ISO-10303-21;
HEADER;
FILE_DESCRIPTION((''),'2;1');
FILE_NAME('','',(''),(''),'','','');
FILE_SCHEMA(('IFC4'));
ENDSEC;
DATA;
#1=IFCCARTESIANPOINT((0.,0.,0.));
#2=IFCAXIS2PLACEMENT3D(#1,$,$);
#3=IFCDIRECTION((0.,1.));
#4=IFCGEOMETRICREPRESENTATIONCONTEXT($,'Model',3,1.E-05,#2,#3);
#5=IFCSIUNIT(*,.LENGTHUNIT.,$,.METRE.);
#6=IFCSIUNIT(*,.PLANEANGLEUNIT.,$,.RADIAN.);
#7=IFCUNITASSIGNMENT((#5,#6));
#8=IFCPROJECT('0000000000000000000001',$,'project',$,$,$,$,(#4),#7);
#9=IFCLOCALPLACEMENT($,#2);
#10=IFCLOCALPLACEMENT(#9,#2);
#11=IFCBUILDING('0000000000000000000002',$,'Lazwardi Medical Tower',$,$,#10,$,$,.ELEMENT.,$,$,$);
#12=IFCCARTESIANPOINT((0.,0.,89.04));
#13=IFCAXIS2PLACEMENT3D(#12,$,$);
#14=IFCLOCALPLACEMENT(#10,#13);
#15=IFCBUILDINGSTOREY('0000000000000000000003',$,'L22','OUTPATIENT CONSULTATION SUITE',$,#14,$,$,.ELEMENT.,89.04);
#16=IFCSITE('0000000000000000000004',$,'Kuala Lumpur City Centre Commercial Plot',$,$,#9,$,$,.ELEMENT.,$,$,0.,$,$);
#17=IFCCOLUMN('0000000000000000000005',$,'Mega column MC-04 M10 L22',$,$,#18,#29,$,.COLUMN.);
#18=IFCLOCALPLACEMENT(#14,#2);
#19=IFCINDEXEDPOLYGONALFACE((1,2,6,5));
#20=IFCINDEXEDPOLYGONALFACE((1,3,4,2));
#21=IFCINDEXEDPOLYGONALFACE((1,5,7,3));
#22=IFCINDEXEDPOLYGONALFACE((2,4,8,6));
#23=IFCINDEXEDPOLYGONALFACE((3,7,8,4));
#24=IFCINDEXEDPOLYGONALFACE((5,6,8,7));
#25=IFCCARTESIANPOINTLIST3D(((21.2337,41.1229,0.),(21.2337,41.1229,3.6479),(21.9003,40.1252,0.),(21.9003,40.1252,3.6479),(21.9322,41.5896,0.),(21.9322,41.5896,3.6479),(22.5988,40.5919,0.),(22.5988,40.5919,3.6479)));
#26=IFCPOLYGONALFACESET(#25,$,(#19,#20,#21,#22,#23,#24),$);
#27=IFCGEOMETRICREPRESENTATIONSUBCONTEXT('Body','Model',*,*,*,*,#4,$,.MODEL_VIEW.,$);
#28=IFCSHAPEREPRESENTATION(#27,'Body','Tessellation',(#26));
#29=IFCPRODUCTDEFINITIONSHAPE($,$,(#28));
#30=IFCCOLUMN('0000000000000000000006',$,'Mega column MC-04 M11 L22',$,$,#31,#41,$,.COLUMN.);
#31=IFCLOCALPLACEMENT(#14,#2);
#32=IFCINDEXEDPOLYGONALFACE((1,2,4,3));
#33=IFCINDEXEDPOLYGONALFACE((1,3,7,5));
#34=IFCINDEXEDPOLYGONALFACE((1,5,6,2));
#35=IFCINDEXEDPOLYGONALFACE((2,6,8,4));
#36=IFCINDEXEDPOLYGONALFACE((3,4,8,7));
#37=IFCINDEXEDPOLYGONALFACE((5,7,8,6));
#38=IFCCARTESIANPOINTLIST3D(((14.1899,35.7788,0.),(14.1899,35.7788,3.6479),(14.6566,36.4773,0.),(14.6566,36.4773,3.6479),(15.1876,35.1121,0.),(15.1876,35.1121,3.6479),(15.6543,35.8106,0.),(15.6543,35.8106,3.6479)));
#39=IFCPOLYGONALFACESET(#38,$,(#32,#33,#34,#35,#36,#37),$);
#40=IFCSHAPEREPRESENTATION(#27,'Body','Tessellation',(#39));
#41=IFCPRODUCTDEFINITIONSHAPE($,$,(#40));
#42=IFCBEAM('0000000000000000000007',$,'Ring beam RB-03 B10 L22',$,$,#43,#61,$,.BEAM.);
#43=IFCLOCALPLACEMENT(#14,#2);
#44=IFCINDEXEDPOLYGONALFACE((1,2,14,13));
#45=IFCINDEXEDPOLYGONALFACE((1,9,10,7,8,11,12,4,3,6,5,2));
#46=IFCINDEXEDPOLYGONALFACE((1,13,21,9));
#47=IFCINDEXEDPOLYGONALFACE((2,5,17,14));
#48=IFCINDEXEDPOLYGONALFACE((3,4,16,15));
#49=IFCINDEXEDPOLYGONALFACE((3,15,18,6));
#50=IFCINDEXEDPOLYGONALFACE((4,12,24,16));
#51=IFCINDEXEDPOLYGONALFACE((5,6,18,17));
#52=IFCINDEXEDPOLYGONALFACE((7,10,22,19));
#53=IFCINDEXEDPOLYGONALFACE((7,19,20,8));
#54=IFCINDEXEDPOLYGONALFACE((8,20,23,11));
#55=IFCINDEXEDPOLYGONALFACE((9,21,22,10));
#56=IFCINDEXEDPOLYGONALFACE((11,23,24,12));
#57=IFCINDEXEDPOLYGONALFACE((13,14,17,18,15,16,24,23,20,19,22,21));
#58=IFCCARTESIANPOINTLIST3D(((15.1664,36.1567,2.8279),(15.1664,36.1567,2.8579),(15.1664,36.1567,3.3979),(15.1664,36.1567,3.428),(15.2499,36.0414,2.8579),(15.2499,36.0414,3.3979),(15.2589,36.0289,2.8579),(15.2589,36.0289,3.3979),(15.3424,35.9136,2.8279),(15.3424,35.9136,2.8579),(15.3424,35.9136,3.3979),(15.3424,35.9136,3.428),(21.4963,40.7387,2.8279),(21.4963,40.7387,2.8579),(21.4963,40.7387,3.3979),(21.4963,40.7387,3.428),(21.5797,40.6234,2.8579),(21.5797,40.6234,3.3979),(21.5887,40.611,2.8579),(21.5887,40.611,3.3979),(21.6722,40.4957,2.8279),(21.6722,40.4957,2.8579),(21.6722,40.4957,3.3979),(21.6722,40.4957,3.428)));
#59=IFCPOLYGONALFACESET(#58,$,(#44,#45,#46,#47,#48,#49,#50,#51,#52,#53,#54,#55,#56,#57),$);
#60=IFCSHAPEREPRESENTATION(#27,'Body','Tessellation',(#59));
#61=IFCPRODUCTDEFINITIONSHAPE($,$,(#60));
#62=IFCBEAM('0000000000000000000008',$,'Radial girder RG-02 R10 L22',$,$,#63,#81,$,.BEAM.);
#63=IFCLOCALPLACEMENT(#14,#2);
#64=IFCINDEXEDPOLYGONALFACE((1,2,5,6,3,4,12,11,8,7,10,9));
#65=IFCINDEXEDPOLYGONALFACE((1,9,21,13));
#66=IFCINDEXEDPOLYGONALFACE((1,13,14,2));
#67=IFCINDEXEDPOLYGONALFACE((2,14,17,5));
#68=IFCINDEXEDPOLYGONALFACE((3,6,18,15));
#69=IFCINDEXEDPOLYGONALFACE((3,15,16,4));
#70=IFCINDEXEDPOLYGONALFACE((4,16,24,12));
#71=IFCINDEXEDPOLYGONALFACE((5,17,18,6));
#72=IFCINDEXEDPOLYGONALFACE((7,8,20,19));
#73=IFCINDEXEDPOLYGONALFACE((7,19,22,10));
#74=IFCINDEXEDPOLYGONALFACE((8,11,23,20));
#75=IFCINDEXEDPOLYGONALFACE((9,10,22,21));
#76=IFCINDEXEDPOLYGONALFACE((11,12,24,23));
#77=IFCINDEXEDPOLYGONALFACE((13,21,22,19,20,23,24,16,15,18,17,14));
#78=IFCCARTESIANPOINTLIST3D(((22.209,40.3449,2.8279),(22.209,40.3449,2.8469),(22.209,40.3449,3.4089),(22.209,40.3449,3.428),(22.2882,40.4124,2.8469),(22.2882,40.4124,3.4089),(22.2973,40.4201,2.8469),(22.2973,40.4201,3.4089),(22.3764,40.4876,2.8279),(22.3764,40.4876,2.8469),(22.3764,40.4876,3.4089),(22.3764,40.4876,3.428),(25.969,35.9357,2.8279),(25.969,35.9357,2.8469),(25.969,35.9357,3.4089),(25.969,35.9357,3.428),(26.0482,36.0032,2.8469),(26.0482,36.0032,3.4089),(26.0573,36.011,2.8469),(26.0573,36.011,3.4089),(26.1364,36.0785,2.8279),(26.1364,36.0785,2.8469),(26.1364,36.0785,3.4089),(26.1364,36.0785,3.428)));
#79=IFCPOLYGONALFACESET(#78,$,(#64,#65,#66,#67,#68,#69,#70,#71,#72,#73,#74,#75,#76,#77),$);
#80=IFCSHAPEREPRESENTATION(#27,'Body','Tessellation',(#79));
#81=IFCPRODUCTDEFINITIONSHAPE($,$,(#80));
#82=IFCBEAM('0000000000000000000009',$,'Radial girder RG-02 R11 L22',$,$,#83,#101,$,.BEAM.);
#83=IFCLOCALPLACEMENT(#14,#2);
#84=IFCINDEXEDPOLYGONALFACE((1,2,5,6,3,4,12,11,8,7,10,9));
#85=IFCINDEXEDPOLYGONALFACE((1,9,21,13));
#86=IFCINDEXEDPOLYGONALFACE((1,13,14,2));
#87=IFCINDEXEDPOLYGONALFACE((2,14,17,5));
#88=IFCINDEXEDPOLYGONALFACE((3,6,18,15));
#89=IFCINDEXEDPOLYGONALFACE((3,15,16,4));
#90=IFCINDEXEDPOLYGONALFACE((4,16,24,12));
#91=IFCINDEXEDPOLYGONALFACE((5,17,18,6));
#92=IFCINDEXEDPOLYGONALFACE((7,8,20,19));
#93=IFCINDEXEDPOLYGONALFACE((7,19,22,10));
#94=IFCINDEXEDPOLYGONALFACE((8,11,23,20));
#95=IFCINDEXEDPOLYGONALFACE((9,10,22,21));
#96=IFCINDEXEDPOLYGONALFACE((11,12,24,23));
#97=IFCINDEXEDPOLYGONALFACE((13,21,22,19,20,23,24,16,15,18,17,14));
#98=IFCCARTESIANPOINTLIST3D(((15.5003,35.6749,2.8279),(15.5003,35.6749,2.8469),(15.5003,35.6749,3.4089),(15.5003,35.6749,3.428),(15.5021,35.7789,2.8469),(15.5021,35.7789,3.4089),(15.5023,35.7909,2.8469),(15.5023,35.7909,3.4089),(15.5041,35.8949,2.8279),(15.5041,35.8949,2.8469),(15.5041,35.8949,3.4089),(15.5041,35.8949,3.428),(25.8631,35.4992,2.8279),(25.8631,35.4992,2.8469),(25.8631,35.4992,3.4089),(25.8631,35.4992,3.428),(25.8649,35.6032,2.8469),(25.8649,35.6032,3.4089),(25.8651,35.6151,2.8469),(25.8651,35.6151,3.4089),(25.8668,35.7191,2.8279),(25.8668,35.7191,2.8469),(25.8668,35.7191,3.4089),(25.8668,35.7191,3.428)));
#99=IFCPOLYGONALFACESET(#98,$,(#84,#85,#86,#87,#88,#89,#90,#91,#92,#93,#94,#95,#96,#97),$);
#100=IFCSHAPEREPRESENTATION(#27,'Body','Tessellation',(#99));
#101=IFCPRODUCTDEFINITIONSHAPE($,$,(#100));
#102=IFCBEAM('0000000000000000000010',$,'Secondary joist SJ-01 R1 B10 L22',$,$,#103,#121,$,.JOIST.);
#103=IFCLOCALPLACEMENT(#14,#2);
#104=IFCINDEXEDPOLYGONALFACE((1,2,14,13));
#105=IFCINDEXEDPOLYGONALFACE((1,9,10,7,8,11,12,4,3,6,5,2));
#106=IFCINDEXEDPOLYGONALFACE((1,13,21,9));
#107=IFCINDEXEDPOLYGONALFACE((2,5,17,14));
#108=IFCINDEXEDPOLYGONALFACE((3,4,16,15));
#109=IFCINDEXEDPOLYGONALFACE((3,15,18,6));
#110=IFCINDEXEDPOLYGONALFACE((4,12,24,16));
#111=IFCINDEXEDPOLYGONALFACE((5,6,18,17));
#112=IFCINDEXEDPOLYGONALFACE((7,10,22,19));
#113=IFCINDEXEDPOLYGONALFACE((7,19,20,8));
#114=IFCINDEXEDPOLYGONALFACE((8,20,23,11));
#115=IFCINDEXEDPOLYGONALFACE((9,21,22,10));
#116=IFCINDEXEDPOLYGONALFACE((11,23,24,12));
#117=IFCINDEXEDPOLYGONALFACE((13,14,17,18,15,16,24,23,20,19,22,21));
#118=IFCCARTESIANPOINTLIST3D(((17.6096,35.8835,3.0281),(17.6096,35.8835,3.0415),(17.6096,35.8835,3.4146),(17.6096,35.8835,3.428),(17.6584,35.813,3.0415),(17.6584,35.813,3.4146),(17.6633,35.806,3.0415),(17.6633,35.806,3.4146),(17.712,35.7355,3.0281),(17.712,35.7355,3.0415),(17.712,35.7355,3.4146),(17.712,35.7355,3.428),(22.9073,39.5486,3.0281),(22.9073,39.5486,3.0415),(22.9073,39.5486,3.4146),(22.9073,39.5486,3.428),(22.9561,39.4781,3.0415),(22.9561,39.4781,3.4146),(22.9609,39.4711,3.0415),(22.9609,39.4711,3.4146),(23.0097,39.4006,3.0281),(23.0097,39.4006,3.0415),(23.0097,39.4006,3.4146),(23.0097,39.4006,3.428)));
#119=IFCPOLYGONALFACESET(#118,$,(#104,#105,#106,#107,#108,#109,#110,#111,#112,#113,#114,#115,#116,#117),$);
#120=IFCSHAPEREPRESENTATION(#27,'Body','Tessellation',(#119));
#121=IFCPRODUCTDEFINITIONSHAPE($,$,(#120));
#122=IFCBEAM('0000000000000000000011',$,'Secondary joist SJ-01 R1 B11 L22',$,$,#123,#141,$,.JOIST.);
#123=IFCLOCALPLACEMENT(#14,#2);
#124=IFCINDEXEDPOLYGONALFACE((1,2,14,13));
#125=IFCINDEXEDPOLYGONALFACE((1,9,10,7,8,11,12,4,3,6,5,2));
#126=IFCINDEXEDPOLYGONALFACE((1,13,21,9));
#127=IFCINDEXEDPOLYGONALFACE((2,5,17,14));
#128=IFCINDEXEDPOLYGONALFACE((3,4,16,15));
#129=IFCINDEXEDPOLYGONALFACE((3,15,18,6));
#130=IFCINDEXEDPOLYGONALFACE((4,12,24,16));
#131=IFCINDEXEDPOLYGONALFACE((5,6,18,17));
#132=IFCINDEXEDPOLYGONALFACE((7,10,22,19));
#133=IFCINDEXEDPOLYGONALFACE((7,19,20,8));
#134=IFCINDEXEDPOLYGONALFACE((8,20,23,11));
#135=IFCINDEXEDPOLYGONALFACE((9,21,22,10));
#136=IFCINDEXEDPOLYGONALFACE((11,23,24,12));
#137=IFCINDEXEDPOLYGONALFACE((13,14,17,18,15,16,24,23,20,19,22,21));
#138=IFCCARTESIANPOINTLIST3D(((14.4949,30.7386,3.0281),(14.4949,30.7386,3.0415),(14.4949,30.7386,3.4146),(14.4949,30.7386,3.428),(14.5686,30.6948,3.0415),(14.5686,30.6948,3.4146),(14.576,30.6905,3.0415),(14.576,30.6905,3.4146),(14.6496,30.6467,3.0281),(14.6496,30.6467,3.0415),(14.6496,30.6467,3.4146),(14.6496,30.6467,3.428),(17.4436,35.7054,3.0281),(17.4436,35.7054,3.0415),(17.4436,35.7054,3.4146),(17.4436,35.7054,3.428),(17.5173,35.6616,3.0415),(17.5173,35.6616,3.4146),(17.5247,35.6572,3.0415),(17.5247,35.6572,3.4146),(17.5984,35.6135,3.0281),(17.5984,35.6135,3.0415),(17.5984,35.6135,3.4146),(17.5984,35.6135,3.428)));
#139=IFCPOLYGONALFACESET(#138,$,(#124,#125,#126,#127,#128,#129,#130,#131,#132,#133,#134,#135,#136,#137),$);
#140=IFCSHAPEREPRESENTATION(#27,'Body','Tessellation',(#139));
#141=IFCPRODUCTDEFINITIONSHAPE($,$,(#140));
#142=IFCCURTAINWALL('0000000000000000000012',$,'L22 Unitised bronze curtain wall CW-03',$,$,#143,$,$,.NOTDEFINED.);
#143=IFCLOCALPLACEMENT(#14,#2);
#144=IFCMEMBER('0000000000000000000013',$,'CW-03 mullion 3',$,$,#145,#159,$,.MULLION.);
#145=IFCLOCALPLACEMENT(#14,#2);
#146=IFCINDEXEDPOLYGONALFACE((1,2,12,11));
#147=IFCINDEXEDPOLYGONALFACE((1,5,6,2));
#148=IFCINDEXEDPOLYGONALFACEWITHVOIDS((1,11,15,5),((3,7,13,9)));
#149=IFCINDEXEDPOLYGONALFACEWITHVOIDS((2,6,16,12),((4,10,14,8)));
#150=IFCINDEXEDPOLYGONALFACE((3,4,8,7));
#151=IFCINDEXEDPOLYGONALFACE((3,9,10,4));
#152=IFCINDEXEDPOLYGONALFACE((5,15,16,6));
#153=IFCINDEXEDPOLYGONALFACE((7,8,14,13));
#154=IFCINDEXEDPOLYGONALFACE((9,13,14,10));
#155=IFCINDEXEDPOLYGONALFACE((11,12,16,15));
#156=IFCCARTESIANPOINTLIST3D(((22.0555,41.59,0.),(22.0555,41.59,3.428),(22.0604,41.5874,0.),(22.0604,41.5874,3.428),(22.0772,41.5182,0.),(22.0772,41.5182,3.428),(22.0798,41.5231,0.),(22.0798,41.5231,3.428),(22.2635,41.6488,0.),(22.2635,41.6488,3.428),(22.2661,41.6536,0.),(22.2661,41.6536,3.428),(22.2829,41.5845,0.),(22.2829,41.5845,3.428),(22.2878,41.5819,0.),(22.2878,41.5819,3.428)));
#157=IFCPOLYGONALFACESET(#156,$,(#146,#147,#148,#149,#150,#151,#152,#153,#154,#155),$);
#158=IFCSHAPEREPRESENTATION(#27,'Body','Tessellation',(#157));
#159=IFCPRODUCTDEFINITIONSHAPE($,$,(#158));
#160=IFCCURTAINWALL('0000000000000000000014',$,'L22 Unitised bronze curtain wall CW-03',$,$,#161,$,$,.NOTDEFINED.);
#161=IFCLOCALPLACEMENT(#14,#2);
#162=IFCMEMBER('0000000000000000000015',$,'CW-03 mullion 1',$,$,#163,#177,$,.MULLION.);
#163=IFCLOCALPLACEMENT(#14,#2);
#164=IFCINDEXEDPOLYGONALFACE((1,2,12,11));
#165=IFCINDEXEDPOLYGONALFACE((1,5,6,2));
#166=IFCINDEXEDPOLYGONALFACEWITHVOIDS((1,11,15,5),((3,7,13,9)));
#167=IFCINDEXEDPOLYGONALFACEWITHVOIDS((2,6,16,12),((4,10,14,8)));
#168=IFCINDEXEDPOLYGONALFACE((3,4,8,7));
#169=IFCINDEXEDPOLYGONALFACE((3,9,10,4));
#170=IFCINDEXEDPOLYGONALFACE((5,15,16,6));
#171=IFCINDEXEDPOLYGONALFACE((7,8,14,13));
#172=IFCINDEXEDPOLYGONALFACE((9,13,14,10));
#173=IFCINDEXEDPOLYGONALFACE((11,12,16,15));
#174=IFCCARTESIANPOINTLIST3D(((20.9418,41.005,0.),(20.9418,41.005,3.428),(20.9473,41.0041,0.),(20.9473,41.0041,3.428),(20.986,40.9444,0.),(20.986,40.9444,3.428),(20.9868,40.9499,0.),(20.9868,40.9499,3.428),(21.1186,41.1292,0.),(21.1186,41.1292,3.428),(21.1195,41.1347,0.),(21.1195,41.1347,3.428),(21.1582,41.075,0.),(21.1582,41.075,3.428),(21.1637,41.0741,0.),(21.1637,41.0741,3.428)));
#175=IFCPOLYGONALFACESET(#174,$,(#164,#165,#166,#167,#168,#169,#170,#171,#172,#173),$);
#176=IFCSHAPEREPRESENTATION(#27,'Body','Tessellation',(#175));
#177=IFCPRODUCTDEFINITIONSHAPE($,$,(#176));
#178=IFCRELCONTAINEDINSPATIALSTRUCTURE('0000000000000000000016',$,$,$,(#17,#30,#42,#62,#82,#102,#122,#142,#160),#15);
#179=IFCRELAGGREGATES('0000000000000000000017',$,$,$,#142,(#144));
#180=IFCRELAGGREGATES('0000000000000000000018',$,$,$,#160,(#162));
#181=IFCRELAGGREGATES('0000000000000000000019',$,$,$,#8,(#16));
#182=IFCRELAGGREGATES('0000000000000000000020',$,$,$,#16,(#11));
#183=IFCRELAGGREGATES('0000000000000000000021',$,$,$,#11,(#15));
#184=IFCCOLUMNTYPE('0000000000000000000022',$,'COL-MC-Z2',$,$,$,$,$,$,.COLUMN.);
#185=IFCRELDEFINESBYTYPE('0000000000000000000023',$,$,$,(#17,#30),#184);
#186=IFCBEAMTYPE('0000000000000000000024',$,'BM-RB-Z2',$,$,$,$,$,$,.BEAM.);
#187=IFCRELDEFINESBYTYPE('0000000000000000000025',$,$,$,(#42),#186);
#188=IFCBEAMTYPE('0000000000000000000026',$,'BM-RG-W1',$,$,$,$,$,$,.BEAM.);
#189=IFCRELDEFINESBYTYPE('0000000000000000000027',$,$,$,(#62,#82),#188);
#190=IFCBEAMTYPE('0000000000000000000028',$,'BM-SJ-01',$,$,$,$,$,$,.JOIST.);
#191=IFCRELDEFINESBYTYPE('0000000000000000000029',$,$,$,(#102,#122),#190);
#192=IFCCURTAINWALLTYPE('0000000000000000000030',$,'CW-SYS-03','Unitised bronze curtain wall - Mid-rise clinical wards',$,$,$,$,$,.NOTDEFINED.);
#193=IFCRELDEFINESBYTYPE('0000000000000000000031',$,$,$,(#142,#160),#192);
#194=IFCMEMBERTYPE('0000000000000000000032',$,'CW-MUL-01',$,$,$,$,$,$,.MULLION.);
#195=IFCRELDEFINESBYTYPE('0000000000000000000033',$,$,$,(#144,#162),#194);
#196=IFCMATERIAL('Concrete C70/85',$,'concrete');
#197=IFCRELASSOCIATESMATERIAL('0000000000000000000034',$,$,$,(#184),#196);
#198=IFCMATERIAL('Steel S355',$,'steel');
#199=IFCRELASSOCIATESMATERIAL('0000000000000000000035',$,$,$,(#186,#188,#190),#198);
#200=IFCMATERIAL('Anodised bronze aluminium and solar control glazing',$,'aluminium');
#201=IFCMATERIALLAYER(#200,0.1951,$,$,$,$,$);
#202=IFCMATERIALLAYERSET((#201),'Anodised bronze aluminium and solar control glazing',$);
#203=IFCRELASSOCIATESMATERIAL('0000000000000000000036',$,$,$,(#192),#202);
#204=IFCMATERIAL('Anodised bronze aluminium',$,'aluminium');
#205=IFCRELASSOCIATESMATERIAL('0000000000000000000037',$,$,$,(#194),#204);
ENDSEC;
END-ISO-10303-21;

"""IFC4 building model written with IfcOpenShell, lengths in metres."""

from ifc_helpers import new_model, si_unit, direction, frame, origin, origin_2d, place, context, subcontext, project, spatial, rectangle, hollow_rectangle, i_section, extrude, material, layer, layer_set, material_profile, profile_set, type_object, element, aggregate, save


model = new_model("IFC4")

# Units and contexts
model_context = context("Model", 3, precision=1e-05, world=origin(), true_north=direction((0.0, 1.0)))
body_context = subcontext(model_context, "Body", "Model", "MODEL_VIEW")
ifc_project = project(units=[si_unit("LENGTHUNIT", "METRE"), si_unit("PLANEANGLEUNIT", "RADIAN")], contexts=[model_context])

# Site, building, storey
site_placement = place(None, origin())
site = spatial("IfcSite", under=ifc_project, at=site_placement, Name="Kuala Lumpur City Centre Commercial Plot", CompositionType="ELEMENT", RefElevation=0.0)
building_placement = place(site_placement, origin())
building = spatial("IfcBuilding", under=site, at=building_placement, Name="Lazwardi Medical Tower", CompositionType="ELEMENT")
storey_placement = place(building_placement, frame((0.0, 0.0, 89.04)))
storey = spatial("IfcBuildingStorey", under=building, at=storey_placement, Name="L22", Description="OUTPATIENT CONSULTATION SUITE", CompositionType="ELEMENT", Elevation=89.04)

# Columns
ifc_material_1 = material(Name="Concrete C70/85", Category="concrete")
ifc_material_profile_1 = material_profile(ifc_material_1, rectangle(XDim=1.2, YDim=0.8401, at=origin_2d()), Name="CFT-RECT 1200x840")
ifc_profile_set_1 = profile_set([ifc_material_profile_1], Name="Concrete C70/85")
column_type = type_object("IfcColumnType", Name="COL-MC-Z2", PredefinedType="COLUMN", material=ifc_profile_set_1)
for number, where, z_axis, x_axis, name in (
    (1, (21.9163, 40.8574, 0.0), (0.0, 0.0, 1.0), (-0.55557, 0.83147, 0.0), "Mega column MC-04 M10 L22"),
    (2, (14.9221, 35.7947, 0.0), (0.0, 0.0, 1.0), (-0.83147, 0.55557, 0.0), "Mega column MC-04 M11 L22"),
):
    element("IfcColumn", number, at=place(storey_placement, frame(where, z_axis=z_axis, x_axis=x_axis)), inside=storey, type_object=column_type, Name=name, PredefinedType="COLUMN", context=body_context, shape_type="SweptSolid", body=[
        extrude(rectangle(XDim=1.2, YDim=0.8401, at=origin_2d()), origin(), (0.0, 0.0, 1.0), 3.6479),
    ])

# Beams
ifc_material_2 = material(Name="Steel S355", Category="steel")
ifc_material_profile_2 = material_profile(ifc_material_2, i_section(OverallWidth=0.3, OverallDepth=0.6001, WebThickness=0.0154, FlangeThickness=0.03, at=origin_2d()), Name="HEB 600")
ifc_profile_set_2 = profile_set([ifc_material_profile_2], Name="Steel S355")
beam_type_1 = type_object("IfcBeamType", Name="BM-RB-Z2", PredefinedType="BEAM", material=ifc_profile_set_2)
beam_1_placement = place(storey_placement, frame((21.5842, 40.6172, 3.1279), z_axis=(-0.810042, -0.586372, 0.0), x_axis=(0.586372, -0.810042, 0.0)))
element("IfcBeam", 3, at=beam_1_placement, inside=storey, type_object=beam_type_1, Name="Ring beam RB-03 B10 L22", PredefinedType="BEAM", context=body_context, shape_type="SweptSolid", body=[
    extrude(i_section(OverallWidth=0.3, OverallDepth=0.6001, WebThickness=0.0154, FlangeThickness=0.03, at=origin_2d()), origin(), (0.0, 0.0, 1.0), 7.8142),
])
ifc_material_profile_3 = material_profile(ifc_material_2, i_section(OverallWidth=0.22, OverallDepth=0.6001, WebThickness=0.012, FlangeThickness=0.019, at=origin_2d()), Name="IPE 600")
ifc_profile_set_3 = profile_set([ifc_material_profile_3], Name="Steel S355")
beam_type_2 = type_object("IfcBeamType", Name="BM-RG-W1", PredefinedType="BEAM", material=ifc_profile_set_3)
beam_2_placement = place(storey_placement, frame((22.2927, 40.4163, 3.1279), z_axis=(0.648871, -0.760899, 0.0), x_axis=(0.760899, 0.648871, 0.0)))
element("IfcBeam", 4, at=beam_2_placement, inside=storey, type_object=beam_type_2, Name="Radial girder RG-02 R10 L22", PredefinedType="BEAM", context=body_context, shape_type="SweptSolid", body=[
    extrude(i_section(OverallWidth=0.22, OverallDepth=0.6001, WebThickness=0.012, FlangeThickness=0.019, at=origin_2d()), origin(), (0.0, 0.0, 1.0), 5.7947),
])
beam_3_placement = place(storey_placement, frame((15.5022, 35.7849, 3.1279), z_axis=(0.999856, -0.01696, 0.0), x_axis=(0.01696, 0.999856, 0.0)))
element("IfcBeam", 5, at=beam_3_placement, inside=storey, type_object=beam_type_2, Name="Radial girder RG-02 R11 L22", PredefinedType="BEAM", context=body_context, shape_type="SweptSolid", body=[
    extrude(i_section(OverallWidth=0.22, OverallDepth=0.6001, WebThickness=0.012, FlangeThickness=0.019, at=origin_2d()), origin(), (0.0, 0.0, 1.0), 10.3643),
])
ifc_material_profile_4 = material_profile(ifc_material_2, i_section(OverallWidth=0.1799, OverallDepth=0.3999, WebThickness=0.0085, FlangeThickness=0.0134, at=origin_2d()), Name="IPE 400")
ifc_profile_set_4 = profile_set([ifc_material_profile_4], Name="Steel S355")
beam_type_3 = type_object("IfcBeamType", Name="BM-SJ-01", PredefinedType="JOIST", material=ifc_profile_set_4)
beam_4_placement = place(storey_placement, frame((22.9585, 39.4746, 3.228), z_axis=(-0.822376, -0.568944, 0.0), x_axis=(0.568944, -0.822376, 0.0)))
element("IfcBeam", 6, at=beam_4_placement, inside=storey, type_object=beam_type_3, Name="Secondary joist SJ-01 R1 B10 L22", PredefinedType="JOIST", context=body_context, shape_type="SweptSolid", body=[
    extrude(i_section(OverallWidth=0.1799, OverallDepth=0.3999, WebThickness=0.0085, FlangeThickness=0.0134, at=origin_2d()), origin(), (0.0, 0.0, 1.0), 6.4419),
])
beam_5_placement = place(storey_placement, frame((17.521, 35.6594, 3.228), z_axis=(-0.5105, -0.859878, 0.0), x_axis=(0.859878, -0.5105, 0.0)))
element("IfcBeam", 7, at=beam_5_placement, inside=storey, type_object=beam_type_3, Name="Secondary joist SJ-01 R1 B11 L22", PredefinedType="JOIST", context=body_context, shape_type="SweptSolid", body=[
    extrude(i_section(OverallWidth=0.1799, OverallDepth=0.3999, WebThickness=0.0085, FlangeThickness=0.0134, at=origin_2d()), origin(), (0.0, 0.0, 1.0), 5.7761),
])

# Curtain wall, member
ifc_material_3 = material(Name="Anodised bronze aluminium and solar control glazing", Category="aluminium")
ifc_layer_1 = layer(ifc_material_3, 0.1951)
ifc_layer_set_1 = layer_set([ifc_layer_1], Name="Anodised bronze aluminium and solar control glazing")
curtain_wall_type = type_object("IfcCurtainWallType", Name="CW-SYS-03", Description="Unitised bronze curtain wall - Mid-rise clinical wards", PredefinedType="NOTDEFINED", material=ifc_layer_set_1)
curtain_wall_1_placement = place(storey_placement, origin())
curtain_wall_1 = element("IfcCurtainWall", 8, at=curtain_wall_1_placement, inside=storey, type_object=curtain_wall_type, Name="L22 Unitised bronze curtain wall CW-03", PredefinedType="NOTDEFINED")
ifc_material_4 = material(Name="Anodised bronze aluminium", Category="aluminium")
ifc_material_profile_5 = material_profile(ifc_material_4, hollow_rectangle(XDim=0.075, YDim=0.22, WallThickness=0.0039, at=origin_2d()), Name="ALU-MULLION 220x75x4")
ifc_profile_set_5 = profile_set([ifc_material_profile_5], Name="Anodised bronze aluminium")
member_type_1 = type_object("IfcMemberType", Name="CW-MUL-01", PredefinedType="MULLION", material=ifc_profile_set_5)
member_1_placement = place(storey_placement, frame((22.1716, 41.5859, 0.0), z_axis=(0.0, 0.0, 1.0), x_axis=(0.289374, -0.957216, 0.0)))
member_1 = element("IfcMember", 9, at=member_1_placement, type_object=member_type_1, Name="CW-03 mullion 3", PredefinedType="MULLION", context=body_context, shape_type="SweptSolid", body=[
    extrude(hollow_rectangle(XDim=0.075, YDim=0.22, WallThickness=0.0039, at=origin_2d()), origin(), (0.0, 0.0, 1.0), 3.428),
])
aggregate(curtain_wall_1, [member_1])

# Curtain wall, member
curtain_wall_2_placement = place(storey_placement, origin())
curtain_wall_2 = element("IfcCurtainWall", 10, at=curtain_wall_2_placement, inside=storey, type_object=curtain_wall_type, Name="L22 Unitised bronze curtain wall CW-03", PredefinedType="NOTDEFINED")
member_2_placement = place(storey_placement, frame((21.0527, 41.0396, 0.0), z_axis=(0.0, 0.0, 1.0), x_axis=(0.589531, -0.807746, 0.0)))
member_2 = element("IfcMember", 11, at=member_2_placement, type_object=member_type_1, Name="CW-03 mullion 1", PredefinedType="MULLION", context=body_context, shape_type="SweptSolid", body=[
    extrude(hollow_rectangle(XDim=0.075, YDim=0.22, WallThickness=0.0039, at=origin_2d()), origin(), (0.0, 0.0, 1.0), 3.428),
])

aggregate(curtain_wall_2, [member_2])

save(model, "model.ifc")
